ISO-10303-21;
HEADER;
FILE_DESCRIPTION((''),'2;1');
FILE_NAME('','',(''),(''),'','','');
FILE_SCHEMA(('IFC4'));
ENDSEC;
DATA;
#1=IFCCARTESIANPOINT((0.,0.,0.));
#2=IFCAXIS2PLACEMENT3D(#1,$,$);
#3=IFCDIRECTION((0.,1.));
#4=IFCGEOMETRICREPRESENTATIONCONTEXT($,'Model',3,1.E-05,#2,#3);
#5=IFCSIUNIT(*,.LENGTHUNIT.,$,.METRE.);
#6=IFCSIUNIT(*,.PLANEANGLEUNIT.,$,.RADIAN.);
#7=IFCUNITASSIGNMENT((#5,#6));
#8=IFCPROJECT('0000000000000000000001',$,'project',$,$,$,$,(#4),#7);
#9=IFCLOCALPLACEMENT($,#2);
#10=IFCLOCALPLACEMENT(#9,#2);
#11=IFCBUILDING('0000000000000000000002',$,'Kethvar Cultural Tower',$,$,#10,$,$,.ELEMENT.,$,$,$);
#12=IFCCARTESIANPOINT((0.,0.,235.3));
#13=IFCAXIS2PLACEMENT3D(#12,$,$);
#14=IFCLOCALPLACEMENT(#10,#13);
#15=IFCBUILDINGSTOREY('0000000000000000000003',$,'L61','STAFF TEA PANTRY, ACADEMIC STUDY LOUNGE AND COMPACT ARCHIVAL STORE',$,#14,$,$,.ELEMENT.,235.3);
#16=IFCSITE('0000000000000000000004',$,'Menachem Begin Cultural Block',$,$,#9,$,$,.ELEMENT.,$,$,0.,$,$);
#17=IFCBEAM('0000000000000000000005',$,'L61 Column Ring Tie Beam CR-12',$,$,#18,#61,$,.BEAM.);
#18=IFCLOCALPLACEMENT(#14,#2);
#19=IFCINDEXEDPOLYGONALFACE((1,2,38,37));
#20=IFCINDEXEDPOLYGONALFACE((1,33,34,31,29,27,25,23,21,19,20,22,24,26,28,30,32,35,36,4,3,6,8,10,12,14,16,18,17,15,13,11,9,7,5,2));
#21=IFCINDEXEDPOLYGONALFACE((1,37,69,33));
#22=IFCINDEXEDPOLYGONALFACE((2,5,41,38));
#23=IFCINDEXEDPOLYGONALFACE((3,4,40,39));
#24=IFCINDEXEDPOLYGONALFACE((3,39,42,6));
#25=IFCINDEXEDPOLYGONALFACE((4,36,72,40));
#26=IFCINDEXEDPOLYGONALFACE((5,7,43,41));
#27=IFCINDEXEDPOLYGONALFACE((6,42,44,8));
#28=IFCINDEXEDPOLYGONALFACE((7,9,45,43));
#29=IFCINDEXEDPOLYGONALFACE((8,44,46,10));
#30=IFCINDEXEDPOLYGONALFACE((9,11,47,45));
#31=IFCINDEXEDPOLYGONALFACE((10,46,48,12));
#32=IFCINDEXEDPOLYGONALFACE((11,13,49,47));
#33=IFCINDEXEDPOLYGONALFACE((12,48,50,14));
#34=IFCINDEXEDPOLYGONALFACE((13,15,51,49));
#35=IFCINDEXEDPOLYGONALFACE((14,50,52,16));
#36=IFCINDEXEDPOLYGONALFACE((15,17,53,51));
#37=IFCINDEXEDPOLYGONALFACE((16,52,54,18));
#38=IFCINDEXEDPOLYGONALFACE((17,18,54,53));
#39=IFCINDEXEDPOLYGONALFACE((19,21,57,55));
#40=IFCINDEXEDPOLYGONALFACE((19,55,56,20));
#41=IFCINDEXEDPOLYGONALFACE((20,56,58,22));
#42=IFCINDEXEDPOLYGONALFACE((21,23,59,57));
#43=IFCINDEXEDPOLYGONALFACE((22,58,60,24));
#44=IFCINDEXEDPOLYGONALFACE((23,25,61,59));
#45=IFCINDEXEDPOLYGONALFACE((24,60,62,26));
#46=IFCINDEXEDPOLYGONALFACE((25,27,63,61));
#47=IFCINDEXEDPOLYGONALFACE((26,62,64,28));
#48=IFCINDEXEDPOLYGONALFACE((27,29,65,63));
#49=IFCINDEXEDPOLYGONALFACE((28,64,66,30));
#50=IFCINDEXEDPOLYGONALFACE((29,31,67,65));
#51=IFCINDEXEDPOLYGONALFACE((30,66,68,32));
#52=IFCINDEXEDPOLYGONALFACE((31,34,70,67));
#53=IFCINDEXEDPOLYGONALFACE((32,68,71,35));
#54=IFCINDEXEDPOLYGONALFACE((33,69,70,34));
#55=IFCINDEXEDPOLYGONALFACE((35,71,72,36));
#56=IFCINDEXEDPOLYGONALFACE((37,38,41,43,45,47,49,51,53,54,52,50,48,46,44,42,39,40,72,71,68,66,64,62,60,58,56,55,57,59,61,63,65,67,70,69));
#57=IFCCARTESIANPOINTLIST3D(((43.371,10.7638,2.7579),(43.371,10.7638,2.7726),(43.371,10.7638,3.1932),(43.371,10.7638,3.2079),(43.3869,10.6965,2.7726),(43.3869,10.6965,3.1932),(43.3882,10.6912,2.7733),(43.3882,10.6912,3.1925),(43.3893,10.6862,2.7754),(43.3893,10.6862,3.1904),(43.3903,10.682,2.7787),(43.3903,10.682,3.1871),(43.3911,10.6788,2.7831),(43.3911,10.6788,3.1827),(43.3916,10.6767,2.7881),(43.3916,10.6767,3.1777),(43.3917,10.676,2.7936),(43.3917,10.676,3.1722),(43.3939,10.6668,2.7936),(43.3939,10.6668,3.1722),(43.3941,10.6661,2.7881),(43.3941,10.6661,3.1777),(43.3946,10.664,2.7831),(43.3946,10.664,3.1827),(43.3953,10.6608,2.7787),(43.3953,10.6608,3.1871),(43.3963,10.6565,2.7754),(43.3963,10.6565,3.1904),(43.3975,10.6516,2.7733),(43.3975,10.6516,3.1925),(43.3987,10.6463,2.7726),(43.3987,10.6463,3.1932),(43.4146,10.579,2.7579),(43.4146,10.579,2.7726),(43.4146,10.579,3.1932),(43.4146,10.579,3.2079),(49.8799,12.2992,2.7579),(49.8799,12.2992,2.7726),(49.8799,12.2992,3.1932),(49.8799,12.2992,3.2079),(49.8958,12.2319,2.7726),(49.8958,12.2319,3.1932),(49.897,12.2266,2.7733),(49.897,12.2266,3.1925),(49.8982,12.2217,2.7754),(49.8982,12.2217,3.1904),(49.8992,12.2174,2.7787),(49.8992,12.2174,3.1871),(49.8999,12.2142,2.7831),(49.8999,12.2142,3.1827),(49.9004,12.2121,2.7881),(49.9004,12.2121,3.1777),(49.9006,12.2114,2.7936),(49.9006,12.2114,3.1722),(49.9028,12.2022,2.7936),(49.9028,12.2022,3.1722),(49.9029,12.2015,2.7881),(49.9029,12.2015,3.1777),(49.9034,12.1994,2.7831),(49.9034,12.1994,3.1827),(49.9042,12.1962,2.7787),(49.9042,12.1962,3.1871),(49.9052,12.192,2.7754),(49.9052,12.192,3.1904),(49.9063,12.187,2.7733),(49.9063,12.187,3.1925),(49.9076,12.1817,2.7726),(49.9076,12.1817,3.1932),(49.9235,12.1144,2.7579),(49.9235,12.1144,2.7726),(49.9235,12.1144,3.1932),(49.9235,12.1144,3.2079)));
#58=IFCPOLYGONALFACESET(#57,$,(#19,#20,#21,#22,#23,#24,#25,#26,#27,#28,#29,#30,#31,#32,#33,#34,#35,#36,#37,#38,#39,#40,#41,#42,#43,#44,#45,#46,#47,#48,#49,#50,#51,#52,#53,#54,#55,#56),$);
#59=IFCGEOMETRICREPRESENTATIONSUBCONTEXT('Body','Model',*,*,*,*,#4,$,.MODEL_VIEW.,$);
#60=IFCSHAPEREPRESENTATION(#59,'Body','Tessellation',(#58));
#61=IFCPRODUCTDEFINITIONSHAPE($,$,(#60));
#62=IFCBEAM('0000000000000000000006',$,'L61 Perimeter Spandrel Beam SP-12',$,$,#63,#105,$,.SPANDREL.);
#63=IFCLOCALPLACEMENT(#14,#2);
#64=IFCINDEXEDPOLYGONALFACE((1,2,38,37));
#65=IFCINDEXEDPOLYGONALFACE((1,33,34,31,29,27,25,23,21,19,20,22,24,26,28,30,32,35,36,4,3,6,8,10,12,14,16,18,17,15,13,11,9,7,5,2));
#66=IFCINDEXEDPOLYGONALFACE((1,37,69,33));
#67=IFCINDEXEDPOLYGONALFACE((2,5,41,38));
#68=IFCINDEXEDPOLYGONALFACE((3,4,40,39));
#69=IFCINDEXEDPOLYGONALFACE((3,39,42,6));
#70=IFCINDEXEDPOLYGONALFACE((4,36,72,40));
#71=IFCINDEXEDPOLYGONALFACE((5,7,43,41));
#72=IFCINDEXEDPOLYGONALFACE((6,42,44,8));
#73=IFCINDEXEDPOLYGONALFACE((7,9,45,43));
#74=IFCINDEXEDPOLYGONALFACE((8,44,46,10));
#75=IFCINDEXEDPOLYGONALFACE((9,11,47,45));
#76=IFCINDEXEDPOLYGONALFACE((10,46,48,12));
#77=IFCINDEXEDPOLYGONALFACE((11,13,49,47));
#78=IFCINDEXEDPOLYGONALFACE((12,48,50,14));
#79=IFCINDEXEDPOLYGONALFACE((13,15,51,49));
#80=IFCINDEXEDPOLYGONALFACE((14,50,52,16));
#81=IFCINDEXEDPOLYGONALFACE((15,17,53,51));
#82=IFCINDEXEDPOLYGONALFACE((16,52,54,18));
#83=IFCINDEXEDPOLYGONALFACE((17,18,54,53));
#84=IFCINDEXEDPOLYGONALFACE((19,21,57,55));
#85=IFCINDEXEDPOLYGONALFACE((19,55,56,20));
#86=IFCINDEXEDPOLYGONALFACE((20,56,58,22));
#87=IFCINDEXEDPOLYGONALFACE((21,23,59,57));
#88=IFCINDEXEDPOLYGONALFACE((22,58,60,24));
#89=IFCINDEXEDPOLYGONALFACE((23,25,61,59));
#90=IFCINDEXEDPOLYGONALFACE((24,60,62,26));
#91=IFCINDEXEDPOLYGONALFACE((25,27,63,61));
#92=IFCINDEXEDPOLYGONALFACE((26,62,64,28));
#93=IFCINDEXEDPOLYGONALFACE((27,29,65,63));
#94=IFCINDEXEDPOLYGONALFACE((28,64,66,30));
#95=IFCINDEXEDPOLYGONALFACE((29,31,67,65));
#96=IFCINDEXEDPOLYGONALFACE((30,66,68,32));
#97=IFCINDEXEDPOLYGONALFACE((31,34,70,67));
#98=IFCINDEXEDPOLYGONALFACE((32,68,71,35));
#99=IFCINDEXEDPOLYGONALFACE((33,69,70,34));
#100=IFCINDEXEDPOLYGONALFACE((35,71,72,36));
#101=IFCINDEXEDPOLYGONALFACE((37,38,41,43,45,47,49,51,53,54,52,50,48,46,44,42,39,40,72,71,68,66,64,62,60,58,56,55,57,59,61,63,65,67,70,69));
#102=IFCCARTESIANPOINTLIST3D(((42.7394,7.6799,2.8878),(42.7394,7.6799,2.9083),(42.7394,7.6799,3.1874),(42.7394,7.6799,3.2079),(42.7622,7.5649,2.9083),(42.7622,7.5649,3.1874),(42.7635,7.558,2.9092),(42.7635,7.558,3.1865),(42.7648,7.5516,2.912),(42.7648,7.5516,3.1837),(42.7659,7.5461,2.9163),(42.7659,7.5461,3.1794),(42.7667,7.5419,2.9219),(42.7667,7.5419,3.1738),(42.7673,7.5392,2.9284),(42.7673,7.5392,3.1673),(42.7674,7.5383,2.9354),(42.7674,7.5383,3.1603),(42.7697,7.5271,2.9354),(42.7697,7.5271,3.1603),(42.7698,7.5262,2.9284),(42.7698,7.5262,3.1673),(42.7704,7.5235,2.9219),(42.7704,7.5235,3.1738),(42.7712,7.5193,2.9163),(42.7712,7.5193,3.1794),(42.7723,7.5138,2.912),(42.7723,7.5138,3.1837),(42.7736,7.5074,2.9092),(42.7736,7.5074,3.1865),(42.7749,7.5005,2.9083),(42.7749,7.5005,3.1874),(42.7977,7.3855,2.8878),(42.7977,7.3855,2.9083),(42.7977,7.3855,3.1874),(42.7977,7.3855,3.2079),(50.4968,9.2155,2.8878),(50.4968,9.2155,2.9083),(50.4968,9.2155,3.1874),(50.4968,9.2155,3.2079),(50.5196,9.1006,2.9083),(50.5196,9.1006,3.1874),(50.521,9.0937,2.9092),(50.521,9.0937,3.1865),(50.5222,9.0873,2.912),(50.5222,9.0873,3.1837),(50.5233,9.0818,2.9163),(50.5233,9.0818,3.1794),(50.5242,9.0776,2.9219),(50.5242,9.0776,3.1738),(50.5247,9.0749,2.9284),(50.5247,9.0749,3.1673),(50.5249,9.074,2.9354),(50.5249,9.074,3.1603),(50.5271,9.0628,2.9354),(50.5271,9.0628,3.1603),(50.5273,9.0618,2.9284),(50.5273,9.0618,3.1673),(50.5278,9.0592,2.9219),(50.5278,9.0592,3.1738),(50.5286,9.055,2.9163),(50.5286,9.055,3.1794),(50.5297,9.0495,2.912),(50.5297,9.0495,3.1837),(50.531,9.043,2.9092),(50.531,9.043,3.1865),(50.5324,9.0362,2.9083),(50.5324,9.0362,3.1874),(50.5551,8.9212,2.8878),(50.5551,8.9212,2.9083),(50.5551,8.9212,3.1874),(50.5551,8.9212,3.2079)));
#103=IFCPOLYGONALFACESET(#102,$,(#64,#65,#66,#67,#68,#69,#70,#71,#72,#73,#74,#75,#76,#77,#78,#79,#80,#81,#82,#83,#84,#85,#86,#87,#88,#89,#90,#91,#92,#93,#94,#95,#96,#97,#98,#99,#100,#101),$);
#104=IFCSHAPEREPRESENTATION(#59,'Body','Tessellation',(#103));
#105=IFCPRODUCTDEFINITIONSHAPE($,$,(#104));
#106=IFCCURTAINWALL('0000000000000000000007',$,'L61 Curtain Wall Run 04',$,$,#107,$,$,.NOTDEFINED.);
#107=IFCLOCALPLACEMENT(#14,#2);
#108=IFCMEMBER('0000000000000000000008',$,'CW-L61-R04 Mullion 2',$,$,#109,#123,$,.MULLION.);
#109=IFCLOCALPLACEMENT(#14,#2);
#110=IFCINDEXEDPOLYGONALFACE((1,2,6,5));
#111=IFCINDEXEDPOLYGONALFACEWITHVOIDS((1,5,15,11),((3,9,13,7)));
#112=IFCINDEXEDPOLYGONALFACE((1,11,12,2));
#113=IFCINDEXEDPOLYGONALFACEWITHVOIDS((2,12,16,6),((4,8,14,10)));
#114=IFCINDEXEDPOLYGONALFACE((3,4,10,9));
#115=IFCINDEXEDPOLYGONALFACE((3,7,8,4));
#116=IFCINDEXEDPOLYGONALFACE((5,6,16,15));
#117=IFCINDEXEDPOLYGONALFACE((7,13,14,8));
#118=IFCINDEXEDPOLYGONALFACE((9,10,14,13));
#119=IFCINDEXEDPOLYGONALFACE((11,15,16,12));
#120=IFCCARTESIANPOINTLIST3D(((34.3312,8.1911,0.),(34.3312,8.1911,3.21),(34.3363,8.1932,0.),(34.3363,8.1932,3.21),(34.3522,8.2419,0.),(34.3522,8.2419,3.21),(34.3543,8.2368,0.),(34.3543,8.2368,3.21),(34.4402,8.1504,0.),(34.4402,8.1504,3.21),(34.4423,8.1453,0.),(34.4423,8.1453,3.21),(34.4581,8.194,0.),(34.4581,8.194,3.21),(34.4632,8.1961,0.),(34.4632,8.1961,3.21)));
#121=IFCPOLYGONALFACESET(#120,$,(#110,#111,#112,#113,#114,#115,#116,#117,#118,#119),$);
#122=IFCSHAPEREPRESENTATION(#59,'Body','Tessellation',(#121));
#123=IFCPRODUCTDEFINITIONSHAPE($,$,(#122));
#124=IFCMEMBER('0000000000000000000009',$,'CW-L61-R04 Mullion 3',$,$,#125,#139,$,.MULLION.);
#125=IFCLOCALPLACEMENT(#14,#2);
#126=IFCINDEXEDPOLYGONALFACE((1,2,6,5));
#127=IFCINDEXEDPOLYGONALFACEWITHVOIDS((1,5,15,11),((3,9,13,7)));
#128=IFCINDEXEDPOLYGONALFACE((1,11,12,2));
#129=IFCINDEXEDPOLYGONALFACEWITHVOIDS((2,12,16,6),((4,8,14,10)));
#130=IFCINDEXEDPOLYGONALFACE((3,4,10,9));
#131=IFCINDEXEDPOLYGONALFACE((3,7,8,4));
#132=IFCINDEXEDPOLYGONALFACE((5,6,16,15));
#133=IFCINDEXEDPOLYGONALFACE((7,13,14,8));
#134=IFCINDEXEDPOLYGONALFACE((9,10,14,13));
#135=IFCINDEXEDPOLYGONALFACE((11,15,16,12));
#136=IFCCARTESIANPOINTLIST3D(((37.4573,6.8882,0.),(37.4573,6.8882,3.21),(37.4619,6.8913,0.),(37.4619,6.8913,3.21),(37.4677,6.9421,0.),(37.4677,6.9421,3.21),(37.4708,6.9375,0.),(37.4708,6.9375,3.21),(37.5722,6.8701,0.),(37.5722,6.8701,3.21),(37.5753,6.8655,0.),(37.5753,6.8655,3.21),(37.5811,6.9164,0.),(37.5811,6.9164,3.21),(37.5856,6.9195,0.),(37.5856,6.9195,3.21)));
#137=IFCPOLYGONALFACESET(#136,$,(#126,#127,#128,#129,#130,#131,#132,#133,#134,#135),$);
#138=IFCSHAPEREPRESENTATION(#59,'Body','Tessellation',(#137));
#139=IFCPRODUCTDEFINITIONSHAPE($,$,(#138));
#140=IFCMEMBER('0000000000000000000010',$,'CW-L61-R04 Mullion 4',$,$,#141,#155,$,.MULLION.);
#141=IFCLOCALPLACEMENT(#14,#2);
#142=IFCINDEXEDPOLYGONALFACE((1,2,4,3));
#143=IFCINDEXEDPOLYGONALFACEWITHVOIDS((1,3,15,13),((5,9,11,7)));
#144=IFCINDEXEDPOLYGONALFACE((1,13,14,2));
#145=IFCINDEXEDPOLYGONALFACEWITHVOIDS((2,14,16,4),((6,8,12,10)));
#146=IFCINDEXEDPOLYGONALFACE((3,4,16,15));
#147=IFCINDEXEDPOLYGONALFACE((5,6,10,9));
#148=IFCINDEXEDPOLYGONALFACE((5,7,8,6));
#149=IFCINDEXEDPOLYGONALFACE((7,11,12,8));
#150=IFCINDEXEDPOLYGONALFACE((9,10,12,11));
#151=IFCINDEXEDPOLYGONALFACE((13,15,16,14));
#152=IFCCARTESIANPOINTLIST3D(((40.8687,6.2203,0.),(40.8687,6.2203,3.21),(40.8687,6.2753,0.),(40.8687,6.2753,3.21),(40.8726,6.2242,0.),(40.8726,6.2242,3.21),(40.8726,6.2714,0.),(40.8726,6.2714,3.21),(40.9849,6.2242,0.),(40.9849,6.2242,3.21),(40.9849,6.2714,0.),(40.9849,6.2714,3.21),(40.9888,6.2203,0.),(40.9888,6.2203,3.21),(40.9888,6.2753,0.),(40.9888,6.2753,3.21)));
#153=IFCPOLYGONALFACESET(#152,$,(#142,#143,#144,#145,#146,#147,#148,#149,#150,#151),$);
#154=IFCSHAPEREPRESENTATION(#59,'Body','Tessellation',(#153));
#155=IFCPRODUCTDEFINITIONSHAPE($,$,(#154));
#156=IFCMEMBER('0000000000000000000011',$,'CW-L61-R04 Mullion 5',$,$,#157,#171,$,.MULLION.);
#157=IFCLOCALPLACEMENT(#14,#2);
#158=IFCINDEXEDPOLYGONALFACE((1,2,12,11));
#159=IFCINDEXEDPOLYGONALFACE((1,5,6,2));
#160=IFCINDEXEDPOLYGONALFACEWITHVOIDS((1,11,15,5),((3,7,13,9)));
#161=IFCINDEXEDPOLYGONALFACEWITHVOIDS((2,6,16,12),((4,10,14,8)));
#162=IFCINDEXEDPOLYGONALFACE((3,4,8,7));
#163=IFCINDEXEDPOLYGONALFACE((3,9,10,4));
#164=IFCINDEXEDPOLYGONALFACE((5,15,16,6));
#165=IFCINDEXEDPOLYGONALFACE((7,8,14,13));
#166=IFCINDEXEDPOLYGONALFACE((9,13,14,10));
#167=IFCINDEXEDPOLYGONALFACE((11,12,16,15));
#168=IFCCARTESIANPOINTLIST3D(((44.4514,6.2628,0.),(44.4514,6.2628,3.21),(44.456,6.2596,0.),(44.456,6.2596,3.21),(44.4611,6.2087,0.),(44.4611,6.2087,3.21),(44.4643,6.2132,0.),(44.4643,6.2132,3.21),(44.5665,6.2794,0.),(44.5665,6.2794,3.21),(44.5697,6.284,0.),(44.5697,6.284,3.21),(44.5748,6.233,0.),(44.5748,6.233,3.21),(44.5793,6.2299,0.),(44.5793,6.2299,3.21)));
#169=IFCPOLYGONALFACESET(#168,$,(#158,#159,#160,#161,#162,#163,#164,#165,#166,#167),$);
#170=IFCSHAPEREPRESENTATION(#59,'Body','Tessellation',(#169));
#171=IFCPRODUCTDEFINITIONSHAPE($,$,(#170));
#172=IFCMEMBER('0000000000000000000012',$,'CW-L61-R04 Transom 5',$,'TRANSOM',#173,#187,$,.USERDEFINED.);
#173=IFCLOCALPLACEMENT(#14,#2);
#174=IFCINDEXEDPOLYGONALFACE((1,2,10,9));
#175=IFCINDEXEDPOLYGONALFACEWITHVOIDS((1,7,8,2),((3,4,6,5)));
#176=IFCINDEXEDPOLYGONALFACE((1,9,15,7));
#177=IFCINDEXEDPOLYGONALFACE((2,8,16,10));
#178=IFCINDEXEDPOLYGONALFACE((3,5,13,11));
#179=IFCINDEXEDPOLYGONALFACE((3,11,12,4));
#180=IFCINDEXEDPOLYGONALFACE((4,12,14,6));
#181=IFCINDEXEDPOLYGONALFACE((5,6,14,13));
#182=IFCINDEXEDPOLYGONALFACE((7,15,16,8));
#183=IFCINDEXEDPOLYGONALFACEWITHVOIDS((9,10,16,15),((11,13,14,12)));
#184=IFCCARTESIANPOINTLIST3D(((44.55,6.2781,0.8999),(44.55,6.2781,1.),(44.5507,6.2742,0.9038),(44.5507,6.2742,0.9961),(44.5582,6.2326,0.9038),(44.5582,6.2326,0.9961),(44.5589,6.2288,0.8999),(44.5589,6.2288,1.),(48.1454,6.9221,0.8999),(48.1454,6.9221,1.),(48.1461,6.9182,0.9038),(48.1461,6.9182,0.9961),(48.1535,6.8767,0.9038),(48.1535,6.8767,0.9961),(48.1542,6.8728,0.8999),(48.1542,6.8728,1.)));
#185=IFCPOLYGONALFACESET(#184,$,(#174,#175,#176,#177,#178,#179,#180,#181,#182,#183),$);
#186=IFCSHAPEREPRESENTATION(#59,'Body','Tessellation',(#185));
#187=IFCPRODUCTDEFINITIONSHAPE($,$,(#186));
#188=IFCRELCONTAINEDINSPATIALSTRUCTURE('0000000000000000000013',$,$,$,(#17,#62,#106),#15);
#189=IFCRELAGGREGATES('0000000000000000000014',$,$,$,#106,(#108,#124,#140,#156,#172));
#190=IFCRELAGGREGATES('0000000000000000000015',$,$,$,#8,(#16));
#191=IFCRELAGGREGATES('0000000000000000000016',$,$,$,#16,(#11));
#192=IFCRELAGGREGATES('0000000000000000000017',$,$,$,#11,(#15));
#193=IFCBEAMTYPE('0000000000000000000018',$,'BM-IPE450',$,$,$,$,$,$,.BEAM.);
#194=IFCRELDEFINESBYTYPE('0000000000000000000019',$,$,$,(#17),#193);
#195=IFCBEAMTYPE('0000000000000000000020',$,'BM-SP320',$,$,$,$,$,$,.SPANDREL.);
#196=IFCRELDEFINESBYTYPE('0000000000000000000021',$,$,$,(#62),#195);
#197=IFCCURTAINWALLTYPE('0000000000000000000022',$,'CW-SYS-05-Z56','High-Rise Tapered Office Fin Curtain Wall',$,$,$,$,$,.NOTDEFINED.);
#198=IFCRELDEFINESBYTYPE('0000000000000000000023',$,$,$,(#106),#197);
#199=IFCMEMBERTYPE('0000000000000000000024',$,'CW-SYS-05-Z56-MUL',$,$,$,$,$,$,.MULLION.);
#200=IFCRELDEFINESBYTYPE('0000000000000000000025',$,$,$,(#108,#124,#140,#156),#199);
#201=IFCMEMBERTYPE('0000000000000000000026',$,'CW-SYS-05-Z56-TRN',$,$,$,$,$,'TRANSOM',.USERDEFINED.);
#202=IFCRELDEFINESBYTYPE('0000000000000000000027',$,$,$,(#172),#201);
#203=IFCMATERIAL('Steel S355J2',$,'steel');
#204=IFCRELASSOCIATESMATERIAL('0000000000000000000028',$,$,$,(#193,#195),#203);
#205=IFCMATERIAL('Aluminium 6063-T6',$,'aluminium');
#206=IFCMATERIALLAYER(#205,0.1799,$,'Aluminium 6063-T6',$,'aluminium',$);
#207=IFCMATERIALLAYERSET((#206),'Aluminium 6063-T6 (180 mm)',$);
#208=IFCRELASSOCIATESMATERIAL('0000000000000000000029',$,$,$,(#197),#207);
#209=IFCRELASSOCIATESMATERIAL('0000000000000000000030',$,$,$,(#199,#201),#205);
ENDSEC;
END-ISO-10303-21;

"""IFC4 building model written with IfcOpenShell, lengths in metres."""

from ifc_helpers import new_model, si_unit, direction, frame, origin, origin_2d, place, context, subcontext, project, spatial, hollow_rectangle, i_section, extrude, source, transform, mapped, material, layer, layer_set, material_profile, profile_set, type_object, element, aggregate, save


model = new_model("IFC4")

# Units and contexts
model_context = context("Model", 3, precision=1e-05, world=origin(), true_north=direction((0.0, 1.0)))
body_context = subcontext(model_context, "Body", "Model", "MODEL_VIEW")
ifc_project = project(units=[si_unit("LENGTHUNIT", "METRE"), si_unit("PLANEANGLEUNIT", "RADIAN")], contexts=[model_context])

# Site, building, storey
site_placement = place(None, origin())
site = spatial("IfcSite", under=ifc_project, at=site_placement, Name="Menachem Begin Cultural Block", CompositionType="ELEMENT", RefElevation=0.0)
building_placement = place(site_placement, origin())
building = spatial("IfcBuilding", under=site, at=building_placement, Name="Kethvar Cultural Tower", CompositionType="ELEMENT")
storey_placement = place(building_placement, frame((0.0, 0.0, 235.3)))
storey = spatial("IfcBuildingStorey", under=building, at=storey_placement, Name="L61", Description="STAFF TEA PANTRY, ACADEMIC STUDY LOUNGE AND COMPACT ARCHIVAL STORE", CompositionType="ELEMENT", Elevation=235.3)

# Beams
ifc_material_1 = material(Name="Steel S355J2", Category="steel")
ifc_material_profile_1 = material_profile(ifc_material_1, i_section(OverallWidth=0.1899, OverallDepth=0.45, WebThickness=0.0095, FlangeThickness=0.0146, FilletRadius=0.021, at=origin_2d()), Name="Steel S355J2 — IPE450")
ifc_profile_set_1 = profile_set([ifc_material_profile_1], Name="Steel S355J2 — IPE450")
beam_type_1 = type_object("IfcBeamType", Name="BM-IPE450", PredefinedType="BEAM", material=ifc_profile_set_1)
ifc_material_profile_2 = material_profile(ifc_material_1, i_section(OverallWidth=0.3, OverallDepth=0.3201, WebThickness=0.0115, FlangeThickness=0.0205, FilletRadius=0.0271, at=origin_2d()), Name="Steel S355J2 — HEB320")
ifc_profile_set_2 = profile_set([ifc_material_profile_2], Name="Steel S355J2 — HEB320")
beam_type_2 = type_object("IfcBeamType", Name="BM-SP320", PredefinedType="SPANDREL", material=ifc_profile_set_2)
shared_shape_1 = source(origin(), body_context, "Body", "SweptSolid", [
    extrude(i_section(OverallWidth=0.1899, OverallDepth=0.45, WebThickness=0.0095, FlangeThickness=0.0146, FilletRadius=0.021, at=origin_2d()), origin(), (0.0, 0.0, 1.0), 6.6875),
])
beam_1_placement = place(storey_placement, frame((43.3928, 10.6714, 2.9829), z_axis=(0.973286, 0.229595, 0.0), x_axis=(-0.229595, 0.973286, 0.0)))
element("IfcBeam", 1, at=beam_1_placement, inside=storey, type_object=beam_type_1, Name="L61 Column Ring Tie Beam CR-12", PredefinedType="BEAM", context=body_context, shape_type="MappedRepresentation", body=[
    mapped(shared_shape_1, transform((0.0, 0.0, 0.0), scale=1.0)),
])
shared_shape_2 = source(origin(), body_context, "Body", "SweptSolid", [
    extrude(i_section(OverallWidth=0.3, OverallDepth=0.3201, WebThickness=0.0115, FlangeThickness=0.0205, FilletRadius=0.0271, at=origin_2d()), origin(), (0.0, 0.0, 1.0), 7.908),
])
beam_2_placement = place(storey_placement, frame((42.7686, 7.5327, 3.0479), z_axis=(0.980964, 0.194192, 0.0), x_axis=(-0.194192, 0.980964, 0.0)))
element("IfcBeam", 2, at=beam_2_placement, inside=storey, type_object=beam_type_2, Name="L61 Perimeter Spandrel Beam SP-12", PredefinedType="SPANDREL", context=body_context, shape_type="MappedRepresentation", body=[
    mapped(shared_shape_2, transform((0.0, 0.0, 0.0), scale=1.0)),
])

# Curtain wall, members
ifc_material_2 = material(Name="Aluminium 6063-T6", Category="aluminium")
ifc_layer_1 = layer(ifc_material_2, 0.1799, Name="Aluminium 6063-T6", Category="aluminium")
ifc_layer_set_1 = layer_set([ifc_layer_1], Name="Aluminium 6063-T6 (180 mm)")
curtain_wall_type = type_object("IfcCurtainWallType", Name="CW-SYS-05-Z56", Description="High-Rise Tapered Office Fin Curtain Wall", PredefinedType="NOTDEFINED", material=ifc_layer_set_1)
curtain_wall_placement = place(storey_placement, origin())
curtain_wall = element("IfcCurtainWall", 3, at=curtain_wall_placement, inside=storey, type_object=curtain_wall_type, Name="L61 Curtain Wall Run 04", PredefinedType="NOTDEFINED")
ifc_material_profile_3 = material_profile(ifc_material_2, hollow_rectangle(XDim=0.0549, YDim=0.1201, WallThickness=0.0039, at=origin_2d()), Name="Aluminium 6063-T6 — RHS120x55x4")
ifc_profile_set_3 = profile_set([ifc_material_profile_3], Name="Aluminium 6063-T6 — RHS120x55x4")
member_type_1 = type_object("IfcMemberType", Name="CW-SYS-05-Z56-MUL", PredefinedType="MULLION", material=ifc_profile_set_3)
shared_shape_3 = source(origin(), body_context, "Body", "SweptSolid", [
    extrude(hollow_rectangle(XDim=0.0549, YDim=0.1201, WallThickness=0.0039, at=origin_2d()), origin(), (0.0, 0.0, 1.0), 3.21),
])
member_1_placement = place(storey_placement, frame((34.3972, 8.1936, 0.0), z_axis=(0.0, 0.0, 1.0), x_axis=(0.381087, 0.924539, 0.0)))
member_1 = element("IfcMember", 4, at=member_1_placement, type_object=member_type_1, Name="CW-L61-R04 Mullion 2", PredefinedType="MULLION", context=body_context, shape_type="MappedRepresentation", body=[
    mapped(shared_shape_3, transform((0.0, 0.0, 0.0), scale=1.0)),
])
member_2_placement = place(storey_placement, frame((37.5215, 6.9038, 0.0), z_axis=(0.0, 0.0, 1.0), x_axis=(0.18853, 0.982067, 0.0)))
member_2 = element("IfcMember", 5, at=member_2_placement, type_object=member_type_1, Name="CW-L61-R04 Mullion 3", PredefinedType="MULLION", context=body_context, shape_type="MappedRepresentation", body=[
    mapped(shared_shape_3, transform((0.0, 0.0, 0.0), scale=1.0)),
])
member_3_placement = place(storey_placement, frame((40.9287, 6.2478, 0.0), z_axis=(0.0, 0.0, 1.0), x_axis=(-0.000035, 1.0, 0.0)))
member_3 = element("IfcMember", 6, at=member_3_placement, type_object=member_type_1, Name="CW-L61-R04 Mullion 4", PredefinedType="MULLION", context=body_context, shape_type="MappedRepresentation", body=[
    mapped(shared_shape_3, transform((0.0, 0.0, 0.0), scale=1.0)),
])
member_4_placement = place(storey_placement, frame((44.5154, 6.2463, 0.0), z_axis=(0.0, 0.0, 1.0), x_axis=(-0.176329, 0.984331, 0.0)))
member_4 = element("IfcMember", 7, at=member_4_placement, type_object=member_type_1, Name="CW-L61-R04 Mullion 5", PredefinedType="MULLION", context=body_context, shape_type="MappedRepresentation", body=[
    mapped(shared_shape_3, transform((0.0, 0.0, 0.0), scale=1.0)),
])
ifc_material_profile_4 = material_profile(ifc_material_2, hollow_rectangle(XDim=0.05, YDim=0.1001, WallThickness=0.0039, at=origin_2d()), Name="Aluminium 6063-T6 — RHS100x50x4")
ifc_profile_set_4 = profile_set([ifc_material_profile_4], Name="Aluminium 6063-T6 — RHS100x50x4")
member_type_2 = type_object("IfcMemberType", Name="CW-SYS-05-Z56-TRN", ElementType="TRANSOM", PredefinedType="USERDEFINED", material=ifc_profile_set_4)
shared_shape_4 = source(origin(), body_context, "Body", "SweptSolid", [
    extrude(hollow_rectangle(XDim=0.05, YDim=0.1001, WallThickness=0.0039, at=origin_2d()), origin(), (0.0, 0.0, 1.0), 3.6526),
])
member_5_placement = place(storey_placement, frame((44.5544, 6.2534, 0.95), z_axis=(0.984333, 0.17632, 0.0), x_axis=(-0.17632, 0.984333, 0.0)))
member_5 = element("IfcMember", 8, at=member_5_placement, type_object=member_type_2, Name="CW-L61-R04 Transom 5", ObjectType="TRANSOM", PredefinedType="USERDEFINED", context=body_context, shape_type="MappedRepresentation", body=[
    mapped(shared_shape_4, transform((0.0, 0.0, 0.0), scale=1.0)),
])
aggregate(curtain_wall, [member_1, member_2, member_3, member_4, member_5])

save(model, "model.ifc")
